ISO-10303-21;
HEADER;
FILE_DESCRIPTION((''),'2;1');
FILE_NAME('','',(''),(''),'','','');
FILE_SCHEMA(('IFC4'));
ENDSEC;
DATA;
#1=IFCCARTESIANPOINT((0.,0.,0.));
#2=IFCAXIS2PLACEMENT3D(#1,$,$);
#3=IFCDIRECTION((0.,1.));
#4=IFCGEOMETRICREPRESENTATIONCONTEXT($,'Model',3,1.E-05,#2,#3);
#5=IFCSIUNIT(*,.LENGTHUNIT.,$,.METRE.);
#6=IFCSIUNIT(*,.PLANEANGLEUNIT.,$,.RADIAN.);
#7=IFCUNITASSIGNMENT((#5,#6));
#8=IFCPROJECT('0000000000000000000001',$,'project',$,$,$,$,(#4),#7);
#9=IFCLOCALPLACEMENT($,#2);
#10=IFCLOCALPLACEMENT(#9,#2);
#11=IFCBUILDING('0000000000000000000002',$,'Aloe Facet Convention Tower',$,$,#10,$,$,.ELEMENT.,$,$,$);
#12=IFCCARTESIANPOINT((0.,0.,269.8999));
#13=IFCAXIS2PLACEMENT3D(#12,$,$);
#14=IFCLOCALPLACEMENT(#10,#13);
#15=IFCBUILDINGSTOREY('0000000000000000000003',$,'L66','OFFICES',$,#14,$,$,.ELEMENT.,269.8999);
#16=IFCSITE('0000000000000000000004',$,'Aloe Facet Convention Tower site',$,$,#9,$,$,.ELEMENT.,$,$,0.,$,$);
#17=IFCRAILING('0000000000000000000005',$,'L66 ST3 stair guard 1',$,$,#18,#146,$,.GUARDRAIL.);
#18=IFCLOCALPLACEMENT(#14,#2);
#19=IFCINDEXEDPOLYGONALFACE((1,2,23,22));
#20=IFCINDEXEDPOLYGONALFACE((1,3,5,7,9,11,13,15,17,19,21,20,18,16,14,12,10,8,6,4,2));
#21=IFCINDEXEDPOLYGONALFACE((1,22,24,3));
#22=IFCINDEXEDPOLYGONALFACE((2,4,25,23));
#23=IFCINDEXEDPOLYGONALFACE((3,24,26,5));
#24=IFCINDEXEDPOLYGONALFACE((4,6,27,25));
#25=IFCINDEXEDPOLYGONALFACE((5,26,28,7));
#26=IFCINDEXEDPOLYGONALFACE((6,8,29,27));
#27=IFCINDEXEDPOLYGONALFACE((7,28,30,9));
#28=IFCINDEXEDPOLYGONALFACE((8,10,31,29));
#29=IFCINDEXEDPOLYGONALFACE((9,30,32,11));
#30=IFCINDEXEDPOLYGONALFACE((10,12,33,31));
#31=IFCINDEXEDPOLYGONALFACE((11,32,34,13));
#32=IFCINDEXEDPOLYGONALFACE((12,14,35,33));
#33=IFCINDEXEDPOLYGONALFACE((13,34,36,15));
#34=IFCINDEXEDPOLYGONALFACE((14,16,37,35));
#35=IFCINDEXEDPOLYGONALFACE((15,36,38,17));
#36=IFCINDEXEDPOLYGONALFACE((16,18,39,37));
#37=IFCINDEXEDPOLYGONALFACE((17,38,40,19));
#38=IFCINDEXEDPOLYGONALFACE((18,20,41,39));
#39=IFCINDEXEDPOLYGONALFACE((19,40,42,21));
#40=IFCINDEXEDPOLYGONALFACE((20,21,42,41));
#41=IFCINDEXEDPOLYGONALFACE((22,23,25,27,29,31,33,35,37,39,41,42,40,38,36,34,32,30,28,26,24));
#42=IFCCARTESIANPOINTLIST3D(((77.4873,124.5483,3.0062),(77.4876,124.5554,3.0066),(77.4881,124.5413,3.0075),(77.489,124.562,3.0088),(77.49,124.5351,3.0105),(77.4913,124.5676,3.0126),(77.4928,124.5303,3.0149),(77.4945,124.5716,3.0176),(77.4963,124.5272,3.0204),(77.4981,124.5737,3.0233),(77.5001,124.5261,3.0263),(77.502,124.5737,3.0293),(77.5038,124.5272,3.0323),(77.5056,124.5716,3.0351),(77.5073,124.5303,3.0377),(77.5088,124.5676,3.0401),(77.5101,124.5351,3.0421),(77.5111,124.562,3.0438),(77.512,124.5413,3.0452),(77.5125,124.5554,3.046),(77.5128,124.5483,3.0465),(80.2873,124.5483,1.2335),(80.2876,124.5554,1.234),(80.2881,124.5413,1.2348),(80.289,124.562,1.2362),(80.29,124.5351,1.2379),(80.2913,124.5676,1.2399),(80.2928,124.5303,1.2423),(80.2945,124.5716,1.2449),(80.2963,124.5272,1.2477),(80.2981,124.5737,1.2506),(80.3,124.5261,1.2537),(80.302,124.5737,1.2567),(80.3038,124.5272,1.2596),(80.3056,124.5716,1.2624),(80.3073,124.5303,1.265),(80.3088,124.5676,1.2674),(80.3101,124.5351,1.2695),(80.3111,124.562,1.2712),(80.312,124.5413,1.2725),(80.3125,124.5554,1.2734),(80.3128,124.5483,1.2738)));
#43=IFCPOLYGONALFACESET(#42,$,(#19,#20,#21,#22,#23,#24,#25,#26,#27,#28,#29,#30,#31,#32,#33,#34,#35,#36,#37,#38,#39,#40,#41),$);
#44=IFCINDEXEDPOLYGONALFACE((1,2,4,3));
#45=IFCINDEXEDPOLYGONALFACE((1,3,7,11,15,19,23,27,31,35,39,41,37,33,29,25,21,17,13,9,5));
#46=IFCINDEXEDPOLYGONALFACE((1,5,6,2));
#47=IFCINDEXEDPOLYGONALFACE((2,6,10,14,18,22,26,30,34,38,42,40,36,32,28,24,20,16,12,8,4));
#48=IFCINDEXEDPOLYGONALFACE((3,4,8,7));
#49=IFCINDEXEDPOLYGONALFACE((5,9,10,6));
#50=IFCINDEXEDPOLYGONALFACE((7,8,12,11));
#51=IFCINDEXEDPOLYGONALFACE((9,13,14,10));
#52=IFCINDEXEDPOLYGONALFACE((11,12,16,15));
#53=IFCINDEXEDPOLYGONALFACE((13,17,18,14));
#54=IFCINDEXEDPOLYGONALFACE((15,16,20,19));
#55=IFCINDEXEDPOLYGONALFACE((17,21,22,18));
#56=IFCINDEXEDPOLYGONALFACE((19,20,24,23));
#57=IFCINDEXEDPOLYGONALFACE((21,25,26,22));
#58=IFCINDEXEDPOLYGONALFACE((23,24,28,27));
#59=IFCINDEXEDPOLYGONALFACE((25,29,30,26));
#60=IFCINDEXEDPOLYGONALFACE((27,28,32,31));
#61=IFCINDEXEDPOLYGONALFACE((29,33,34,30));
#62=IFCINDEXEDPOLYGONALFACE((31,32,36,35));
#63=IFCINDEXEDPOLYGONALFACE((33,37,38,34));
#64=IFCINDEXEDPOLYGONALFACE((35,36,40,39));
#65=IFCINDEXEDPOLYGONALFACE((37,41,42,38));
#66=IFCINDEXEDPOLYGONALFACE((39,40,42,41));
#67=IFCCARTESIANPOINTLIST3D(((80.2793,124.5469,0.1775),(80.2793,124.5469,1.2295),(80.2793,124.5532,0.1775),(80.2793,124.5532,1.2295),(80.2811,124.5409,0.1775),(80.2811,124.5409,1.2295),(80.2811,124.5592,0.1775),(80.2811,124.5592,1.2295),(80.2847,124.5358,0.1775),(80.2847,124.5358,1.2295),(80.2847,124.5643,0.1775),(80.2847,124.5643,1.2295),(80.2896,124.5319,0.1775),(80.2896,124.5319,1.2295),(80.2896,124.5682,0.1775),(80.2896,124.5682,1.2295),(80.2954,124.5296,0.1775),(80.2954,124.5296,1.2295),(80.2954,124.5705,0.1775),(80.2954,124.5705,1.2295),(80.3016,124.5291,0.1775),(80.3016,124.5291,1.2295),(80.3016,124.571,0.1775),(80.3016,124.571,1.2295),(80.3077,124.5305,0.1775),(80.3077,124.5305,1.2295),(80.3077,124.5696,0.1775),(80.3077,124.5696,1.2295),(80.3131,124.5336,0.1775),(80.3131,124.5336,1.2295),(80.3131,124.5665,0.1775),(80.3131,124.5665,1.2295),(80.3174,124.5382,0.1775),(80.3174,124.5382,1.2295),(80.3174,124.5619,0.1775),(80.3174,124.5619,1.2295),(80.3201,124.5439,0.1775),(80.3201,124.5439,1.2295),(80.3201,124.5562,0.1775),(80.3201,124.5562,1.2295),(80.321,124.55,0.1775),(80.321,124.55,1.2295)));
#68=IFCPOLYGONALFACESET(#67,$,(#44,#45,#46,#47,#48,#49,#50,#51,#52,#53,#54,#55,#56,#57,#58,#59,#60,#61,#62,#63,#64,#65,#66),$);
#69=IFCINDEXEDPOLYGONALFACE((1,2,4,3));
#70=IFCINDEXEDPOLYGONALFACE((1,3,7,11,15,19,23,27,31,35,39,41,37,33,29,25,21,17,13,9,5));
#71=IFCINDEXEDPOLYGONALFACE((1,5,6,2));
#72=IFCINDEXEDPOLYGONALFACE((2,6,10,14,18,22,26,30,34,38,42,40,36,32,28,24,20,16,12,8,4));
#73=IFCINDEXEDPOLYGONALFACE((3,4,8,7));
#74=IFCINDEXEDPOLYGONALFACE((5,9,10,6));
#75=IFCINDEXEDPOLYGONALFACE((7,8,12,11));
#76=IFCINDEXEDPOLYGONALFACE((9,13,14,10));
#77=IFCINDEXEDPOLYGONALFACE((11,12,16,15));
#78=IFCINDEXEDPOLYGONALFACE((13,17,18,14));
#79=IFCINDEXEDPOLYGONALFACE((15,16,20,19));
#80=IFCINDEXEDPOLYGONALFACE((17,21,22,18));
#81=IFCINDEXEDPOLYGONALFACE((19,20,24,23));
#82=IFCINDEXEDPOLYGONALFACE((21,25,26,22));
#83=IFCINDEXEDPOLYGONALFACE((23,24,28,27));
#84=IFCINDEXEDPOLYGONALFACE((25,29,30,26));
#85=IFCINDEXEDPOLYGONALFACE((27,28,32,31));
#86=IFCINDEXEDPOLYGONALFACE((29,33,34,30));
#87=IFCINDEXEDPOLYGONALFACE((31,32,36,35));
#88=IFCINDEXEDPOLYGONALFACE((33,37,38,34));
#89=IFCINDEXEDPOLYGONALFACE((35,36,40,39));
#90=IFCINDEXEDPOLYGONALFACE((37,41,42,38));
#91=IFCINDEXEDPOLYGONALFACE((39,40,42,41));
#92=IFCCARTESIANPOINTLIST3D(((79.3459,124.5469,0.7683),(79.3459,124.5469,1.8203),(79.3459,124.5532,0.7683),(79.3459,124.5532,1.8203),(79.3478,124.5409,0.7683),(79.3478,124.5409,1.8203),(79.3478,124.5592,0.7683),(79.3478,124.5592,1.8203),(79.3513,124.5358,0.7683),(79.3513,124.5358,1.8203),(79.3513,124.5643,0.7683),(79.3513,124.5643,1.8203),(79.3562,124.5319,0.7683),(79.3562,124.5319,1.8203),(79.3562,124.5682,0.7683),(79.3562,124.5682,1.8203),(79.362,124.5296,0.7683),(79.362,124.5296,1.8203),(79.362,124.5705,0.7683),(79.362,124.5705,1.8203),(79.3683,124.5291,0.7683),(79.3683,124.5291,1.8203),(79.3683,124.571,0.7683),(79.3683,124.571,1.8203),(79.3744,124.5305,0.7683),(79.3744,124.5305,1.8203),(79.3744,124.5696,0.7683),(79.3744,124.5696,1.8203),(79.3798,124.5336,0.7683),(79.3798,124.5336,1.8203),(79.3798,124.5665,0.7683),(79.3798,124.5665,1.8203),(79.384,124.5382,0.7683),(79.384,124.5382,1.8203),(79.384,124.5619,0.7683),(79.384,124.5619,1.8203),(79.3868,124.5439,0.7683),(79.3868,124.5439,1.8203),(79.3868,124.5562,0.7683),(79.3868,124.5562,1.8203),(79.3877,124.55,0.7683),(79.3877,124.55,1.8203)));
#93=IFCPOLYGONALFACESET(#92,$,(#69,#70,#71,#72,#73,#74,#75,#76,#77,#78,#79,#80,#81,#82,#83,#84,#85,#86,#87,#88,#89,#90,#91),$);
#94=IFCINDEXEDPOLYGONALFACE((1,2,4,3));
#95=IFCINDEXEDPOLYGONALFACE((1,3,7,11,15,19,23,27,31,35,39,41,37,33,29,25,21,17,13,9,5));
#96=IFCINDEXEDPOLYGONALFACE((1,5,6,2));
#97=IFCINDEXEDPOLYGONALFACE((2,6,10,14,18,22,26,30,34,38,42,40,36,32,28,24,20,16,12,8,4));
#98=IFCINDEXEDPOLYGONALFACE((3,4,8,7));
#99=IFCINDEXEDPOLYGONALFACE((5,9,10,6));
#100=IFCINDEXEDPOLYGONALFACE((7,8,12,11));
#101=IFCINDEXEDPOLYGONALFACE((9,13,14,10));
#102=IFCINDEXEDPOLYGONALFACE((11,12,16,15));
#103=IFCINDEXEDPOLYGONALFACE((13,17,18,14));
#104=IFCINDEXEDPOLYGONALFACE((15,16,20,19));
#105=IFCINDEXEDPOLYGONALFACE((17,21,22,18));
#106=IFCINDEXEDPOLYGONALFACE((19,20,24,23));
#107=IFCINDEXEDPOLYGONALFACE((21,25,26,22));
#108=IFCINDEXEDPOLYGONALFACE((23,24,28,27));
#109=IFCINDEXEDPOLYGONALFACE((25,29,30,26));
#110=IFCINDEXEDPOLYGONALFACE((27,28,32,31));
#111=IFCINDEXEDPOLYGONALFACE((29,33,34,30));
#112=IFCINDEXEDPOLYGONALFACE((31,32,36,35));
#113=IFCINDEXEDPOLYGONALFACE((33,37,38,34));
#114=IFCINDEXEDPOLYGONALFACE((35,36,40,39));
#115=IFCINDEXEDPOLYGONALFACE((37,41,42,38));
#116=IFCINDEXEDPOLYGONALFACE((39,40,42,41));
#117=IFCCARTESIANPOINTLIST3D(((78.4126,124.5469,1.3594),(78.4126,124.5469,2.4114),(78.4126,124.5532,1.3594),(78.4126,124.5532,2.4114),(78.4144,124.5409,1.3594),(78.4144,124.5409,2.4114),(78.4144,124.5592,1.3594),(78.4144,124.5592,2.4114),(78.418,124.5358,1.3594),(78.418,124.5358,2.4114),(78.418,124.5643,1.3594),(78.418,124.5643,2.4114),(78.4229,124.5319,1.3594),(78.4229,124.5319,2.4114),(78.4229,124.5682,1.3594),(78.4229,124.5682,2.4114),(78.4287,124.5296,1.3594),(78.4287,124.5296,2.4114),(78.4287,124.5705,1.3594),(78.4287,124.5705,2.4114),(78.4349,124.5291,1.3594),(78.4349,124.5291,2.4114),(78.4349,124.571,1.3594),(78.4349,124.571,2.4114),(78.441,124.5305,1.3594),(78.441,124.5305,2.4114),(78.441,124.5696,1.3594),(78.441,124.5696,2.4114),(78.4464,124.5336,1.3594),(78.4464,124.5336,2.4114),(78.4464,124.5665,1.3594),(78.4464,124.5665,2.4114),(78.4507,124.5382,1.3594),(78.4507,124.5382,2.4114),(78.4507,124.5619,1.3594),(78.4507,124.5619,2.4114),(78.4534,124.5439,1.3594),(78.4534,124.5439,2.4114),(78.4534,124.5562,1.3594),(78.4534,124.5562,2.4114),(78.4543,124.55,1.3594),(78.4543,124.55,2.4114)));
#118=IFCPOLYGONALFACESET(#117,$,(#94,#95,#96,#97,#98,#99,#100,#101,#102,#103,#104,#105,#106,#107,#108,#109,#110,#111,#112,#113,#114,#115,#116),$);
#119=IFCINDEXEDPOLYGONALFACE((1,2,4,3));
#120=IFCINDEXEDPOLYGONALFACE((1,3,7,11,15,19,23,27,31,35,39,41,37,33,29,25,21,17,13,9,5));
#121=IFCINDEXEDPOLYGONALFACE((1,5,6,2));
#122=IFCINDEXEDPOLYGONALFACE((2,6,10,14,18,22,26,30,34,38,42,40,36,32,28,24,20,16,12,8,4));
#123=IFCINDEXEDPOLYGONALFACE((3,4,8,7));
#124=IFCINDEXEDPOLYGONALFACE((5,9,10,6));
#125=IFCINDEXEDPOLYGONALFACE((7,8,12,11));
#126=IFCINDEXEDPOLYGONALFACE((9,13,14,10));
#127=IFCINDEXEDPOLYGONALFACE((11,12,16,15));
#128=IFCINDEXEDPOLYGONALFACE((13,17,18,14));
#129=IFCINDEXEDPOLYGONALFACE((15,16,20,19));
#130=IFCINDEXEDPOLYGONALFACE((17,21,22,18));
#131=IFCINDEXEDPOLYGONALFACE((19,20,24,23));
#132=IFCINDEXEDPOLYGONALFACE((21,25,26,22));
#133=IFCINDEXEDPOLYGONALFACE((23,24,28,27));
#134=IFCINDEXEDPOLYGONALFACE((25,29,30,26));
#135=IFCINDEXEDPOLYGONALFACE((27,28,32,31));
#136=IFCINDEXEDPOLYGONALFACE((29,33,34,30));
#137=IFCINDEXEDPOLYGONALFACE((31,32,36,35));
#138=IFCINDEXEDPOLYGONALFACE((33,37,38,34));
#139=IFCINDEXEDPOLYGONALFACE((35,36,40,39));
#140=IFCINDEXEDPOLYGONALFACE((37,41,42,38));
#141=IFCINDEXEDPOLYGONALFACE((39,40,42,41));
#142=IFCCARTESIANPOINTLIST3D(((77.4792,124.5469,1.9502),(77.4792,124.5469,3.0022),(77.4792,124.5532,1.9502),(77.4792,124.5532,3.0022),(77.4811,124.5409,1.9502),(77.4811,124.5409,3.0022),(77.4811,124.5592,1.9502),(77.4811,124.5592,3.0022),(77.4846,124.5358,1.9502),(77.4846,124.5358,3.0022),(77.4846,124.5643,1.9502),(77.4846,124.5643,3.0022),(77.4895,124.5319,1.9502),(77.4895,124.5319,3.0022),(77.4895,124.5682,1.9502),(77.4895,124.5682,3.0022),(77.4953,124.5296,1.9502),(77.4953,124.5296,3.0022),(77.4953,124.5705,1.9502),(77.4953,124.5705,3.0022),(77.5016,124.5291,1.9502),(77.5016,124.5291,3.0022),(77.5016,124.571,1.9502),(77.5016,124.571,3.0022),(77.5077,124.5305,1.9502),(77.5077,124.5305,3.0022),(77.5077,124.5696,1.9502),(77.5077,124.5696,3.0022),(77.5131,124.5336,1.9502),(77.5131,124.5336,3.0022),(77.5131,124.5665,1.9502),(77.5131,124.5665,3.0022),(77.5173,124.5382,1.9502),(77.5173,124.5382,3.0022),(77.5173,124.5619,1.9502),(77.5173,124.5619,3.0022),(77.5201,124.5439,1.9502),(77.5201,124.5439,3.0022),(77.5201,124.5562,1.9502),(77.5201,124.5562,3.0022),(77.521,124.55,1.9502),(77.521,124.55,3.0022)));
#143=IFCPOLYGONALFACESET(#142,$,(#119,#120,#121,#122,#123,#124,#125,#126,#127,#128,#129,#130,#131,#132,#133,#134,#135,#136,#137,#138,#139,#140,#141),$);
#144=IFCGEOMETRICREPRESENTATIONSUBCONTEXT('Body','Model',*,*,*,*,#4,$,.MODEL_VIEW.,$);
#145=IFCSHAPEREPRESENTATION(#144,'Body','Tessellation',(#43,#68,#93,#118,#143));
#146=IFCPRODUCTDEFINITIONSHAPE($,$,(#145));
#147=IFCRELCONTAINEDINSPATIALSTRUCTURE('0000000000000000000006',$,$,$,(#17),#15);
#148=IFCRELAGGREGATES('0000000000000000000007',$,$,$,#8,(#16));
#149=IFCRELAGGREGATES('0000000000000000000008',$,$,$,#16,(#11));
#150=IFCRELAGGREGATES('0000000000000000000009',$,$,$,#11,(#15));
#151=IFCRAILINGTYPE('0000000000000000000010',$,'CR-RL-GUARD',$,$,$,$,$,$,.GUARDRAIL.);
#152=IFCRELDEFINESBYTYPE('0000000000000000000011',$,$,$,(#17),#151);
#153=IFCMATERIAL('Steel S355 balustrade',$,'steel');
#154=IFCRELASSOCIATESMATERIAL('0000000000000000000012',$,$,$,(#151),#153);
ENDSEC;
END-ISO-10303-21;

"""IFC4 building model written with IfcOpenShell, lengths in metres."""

from ifc_helpers import new_model, si_unit, direction, frame, origin, origin_2d, place, context, subcontext, project, spatial, circle, extrude, material, type_object, element, save


model = new_model("IFC4")

# Units and contexts
model_context = context("Model", 3, precision=1e-05, world=origin(), true_north=direction((0.0, 1.0)))
body_context = subcontext(model_context, "Body", "Model", "MODEL_VIEW")
ifc_project = project(units=[si_unit("LENGTHUNIT", "METRE"), si_unit("PLANEANGLEUNIT", "RADIAN")], contexts=[model_context])

# Site, building, storey
site_placement = place(None, origin())
site = spatial("IfcSite", under=ifc_project, at=site_placement, Name="Aloe Facet Convention Tower site", CompositionType="ELEMENT", RefElevation=0.0)
building_placement = place(site_placement, origin())
building = spatial("IfcBuilding", under=site, at=building_placement, Name="Aloe Facet Convention Tower", CompositionType="ELEMENT")
storey_placement = place(building_placement, frame((0.0, 0.0, 269.8999)))
storey = spatial("IfcBuildingStorey", under=building, at=storey_placement, Name="L66", Description="OFFICES", CompositionType="ELEMENT", Elevation=269.8999)

# Railing
ifc_material_1 = material(Name="Steel S355 balustrade", Category="steel")
railing_type_1 = type_object("IfcRailingType", Name="CR-RL-GUARD", PredefinedType="GUARDRAIL", material=ifc_material_1)
railing_1_placement = place(storey_placement, frame((80.3, 124.55, 0.1775)))
element("IfcRailing", 1, at=railing_1_placement, inside=storey, type_object=railing_type_1, Name="L66 ST3 stair guard 1", PredefinedType="GUARDRAIL", context=body_context, shape_type="SweptSolid", body=[
    extrude(circle(Radius=0.0239, at=origin_2d()), frame((0.0, 0.0, 1.0762), z_axis=(-0.844909, 0.0, 0.53491), x_axis=(0.0, -1.0, 0.0)), (0.0, 0.0, 1.0), 3.314),
    extrude(circle(Radius=0.021, at=origin_2d()), origin(), (0.0, 0.0, 1.0), 1.052),
    extrude(circle(Radius=0.021, at=origin_2d()), frame((-0.9333, 0.0, 0.5908)), (0.0, 0.0, 1.0), 1.052),
    extrude(circle(Radius=0.021, at=origin_2d()), frame((-1.8667, 0.0, 1.1819)), (0.0, 0.0, 1.0), 1.052),
    extrude(circle(Radius=0.021, at=origin_2d()), frame((-2.8, 0.0, 1.7727)), (0.0, 0.0, 1.0), 1.052),
])

save(model, "model.ifc")
